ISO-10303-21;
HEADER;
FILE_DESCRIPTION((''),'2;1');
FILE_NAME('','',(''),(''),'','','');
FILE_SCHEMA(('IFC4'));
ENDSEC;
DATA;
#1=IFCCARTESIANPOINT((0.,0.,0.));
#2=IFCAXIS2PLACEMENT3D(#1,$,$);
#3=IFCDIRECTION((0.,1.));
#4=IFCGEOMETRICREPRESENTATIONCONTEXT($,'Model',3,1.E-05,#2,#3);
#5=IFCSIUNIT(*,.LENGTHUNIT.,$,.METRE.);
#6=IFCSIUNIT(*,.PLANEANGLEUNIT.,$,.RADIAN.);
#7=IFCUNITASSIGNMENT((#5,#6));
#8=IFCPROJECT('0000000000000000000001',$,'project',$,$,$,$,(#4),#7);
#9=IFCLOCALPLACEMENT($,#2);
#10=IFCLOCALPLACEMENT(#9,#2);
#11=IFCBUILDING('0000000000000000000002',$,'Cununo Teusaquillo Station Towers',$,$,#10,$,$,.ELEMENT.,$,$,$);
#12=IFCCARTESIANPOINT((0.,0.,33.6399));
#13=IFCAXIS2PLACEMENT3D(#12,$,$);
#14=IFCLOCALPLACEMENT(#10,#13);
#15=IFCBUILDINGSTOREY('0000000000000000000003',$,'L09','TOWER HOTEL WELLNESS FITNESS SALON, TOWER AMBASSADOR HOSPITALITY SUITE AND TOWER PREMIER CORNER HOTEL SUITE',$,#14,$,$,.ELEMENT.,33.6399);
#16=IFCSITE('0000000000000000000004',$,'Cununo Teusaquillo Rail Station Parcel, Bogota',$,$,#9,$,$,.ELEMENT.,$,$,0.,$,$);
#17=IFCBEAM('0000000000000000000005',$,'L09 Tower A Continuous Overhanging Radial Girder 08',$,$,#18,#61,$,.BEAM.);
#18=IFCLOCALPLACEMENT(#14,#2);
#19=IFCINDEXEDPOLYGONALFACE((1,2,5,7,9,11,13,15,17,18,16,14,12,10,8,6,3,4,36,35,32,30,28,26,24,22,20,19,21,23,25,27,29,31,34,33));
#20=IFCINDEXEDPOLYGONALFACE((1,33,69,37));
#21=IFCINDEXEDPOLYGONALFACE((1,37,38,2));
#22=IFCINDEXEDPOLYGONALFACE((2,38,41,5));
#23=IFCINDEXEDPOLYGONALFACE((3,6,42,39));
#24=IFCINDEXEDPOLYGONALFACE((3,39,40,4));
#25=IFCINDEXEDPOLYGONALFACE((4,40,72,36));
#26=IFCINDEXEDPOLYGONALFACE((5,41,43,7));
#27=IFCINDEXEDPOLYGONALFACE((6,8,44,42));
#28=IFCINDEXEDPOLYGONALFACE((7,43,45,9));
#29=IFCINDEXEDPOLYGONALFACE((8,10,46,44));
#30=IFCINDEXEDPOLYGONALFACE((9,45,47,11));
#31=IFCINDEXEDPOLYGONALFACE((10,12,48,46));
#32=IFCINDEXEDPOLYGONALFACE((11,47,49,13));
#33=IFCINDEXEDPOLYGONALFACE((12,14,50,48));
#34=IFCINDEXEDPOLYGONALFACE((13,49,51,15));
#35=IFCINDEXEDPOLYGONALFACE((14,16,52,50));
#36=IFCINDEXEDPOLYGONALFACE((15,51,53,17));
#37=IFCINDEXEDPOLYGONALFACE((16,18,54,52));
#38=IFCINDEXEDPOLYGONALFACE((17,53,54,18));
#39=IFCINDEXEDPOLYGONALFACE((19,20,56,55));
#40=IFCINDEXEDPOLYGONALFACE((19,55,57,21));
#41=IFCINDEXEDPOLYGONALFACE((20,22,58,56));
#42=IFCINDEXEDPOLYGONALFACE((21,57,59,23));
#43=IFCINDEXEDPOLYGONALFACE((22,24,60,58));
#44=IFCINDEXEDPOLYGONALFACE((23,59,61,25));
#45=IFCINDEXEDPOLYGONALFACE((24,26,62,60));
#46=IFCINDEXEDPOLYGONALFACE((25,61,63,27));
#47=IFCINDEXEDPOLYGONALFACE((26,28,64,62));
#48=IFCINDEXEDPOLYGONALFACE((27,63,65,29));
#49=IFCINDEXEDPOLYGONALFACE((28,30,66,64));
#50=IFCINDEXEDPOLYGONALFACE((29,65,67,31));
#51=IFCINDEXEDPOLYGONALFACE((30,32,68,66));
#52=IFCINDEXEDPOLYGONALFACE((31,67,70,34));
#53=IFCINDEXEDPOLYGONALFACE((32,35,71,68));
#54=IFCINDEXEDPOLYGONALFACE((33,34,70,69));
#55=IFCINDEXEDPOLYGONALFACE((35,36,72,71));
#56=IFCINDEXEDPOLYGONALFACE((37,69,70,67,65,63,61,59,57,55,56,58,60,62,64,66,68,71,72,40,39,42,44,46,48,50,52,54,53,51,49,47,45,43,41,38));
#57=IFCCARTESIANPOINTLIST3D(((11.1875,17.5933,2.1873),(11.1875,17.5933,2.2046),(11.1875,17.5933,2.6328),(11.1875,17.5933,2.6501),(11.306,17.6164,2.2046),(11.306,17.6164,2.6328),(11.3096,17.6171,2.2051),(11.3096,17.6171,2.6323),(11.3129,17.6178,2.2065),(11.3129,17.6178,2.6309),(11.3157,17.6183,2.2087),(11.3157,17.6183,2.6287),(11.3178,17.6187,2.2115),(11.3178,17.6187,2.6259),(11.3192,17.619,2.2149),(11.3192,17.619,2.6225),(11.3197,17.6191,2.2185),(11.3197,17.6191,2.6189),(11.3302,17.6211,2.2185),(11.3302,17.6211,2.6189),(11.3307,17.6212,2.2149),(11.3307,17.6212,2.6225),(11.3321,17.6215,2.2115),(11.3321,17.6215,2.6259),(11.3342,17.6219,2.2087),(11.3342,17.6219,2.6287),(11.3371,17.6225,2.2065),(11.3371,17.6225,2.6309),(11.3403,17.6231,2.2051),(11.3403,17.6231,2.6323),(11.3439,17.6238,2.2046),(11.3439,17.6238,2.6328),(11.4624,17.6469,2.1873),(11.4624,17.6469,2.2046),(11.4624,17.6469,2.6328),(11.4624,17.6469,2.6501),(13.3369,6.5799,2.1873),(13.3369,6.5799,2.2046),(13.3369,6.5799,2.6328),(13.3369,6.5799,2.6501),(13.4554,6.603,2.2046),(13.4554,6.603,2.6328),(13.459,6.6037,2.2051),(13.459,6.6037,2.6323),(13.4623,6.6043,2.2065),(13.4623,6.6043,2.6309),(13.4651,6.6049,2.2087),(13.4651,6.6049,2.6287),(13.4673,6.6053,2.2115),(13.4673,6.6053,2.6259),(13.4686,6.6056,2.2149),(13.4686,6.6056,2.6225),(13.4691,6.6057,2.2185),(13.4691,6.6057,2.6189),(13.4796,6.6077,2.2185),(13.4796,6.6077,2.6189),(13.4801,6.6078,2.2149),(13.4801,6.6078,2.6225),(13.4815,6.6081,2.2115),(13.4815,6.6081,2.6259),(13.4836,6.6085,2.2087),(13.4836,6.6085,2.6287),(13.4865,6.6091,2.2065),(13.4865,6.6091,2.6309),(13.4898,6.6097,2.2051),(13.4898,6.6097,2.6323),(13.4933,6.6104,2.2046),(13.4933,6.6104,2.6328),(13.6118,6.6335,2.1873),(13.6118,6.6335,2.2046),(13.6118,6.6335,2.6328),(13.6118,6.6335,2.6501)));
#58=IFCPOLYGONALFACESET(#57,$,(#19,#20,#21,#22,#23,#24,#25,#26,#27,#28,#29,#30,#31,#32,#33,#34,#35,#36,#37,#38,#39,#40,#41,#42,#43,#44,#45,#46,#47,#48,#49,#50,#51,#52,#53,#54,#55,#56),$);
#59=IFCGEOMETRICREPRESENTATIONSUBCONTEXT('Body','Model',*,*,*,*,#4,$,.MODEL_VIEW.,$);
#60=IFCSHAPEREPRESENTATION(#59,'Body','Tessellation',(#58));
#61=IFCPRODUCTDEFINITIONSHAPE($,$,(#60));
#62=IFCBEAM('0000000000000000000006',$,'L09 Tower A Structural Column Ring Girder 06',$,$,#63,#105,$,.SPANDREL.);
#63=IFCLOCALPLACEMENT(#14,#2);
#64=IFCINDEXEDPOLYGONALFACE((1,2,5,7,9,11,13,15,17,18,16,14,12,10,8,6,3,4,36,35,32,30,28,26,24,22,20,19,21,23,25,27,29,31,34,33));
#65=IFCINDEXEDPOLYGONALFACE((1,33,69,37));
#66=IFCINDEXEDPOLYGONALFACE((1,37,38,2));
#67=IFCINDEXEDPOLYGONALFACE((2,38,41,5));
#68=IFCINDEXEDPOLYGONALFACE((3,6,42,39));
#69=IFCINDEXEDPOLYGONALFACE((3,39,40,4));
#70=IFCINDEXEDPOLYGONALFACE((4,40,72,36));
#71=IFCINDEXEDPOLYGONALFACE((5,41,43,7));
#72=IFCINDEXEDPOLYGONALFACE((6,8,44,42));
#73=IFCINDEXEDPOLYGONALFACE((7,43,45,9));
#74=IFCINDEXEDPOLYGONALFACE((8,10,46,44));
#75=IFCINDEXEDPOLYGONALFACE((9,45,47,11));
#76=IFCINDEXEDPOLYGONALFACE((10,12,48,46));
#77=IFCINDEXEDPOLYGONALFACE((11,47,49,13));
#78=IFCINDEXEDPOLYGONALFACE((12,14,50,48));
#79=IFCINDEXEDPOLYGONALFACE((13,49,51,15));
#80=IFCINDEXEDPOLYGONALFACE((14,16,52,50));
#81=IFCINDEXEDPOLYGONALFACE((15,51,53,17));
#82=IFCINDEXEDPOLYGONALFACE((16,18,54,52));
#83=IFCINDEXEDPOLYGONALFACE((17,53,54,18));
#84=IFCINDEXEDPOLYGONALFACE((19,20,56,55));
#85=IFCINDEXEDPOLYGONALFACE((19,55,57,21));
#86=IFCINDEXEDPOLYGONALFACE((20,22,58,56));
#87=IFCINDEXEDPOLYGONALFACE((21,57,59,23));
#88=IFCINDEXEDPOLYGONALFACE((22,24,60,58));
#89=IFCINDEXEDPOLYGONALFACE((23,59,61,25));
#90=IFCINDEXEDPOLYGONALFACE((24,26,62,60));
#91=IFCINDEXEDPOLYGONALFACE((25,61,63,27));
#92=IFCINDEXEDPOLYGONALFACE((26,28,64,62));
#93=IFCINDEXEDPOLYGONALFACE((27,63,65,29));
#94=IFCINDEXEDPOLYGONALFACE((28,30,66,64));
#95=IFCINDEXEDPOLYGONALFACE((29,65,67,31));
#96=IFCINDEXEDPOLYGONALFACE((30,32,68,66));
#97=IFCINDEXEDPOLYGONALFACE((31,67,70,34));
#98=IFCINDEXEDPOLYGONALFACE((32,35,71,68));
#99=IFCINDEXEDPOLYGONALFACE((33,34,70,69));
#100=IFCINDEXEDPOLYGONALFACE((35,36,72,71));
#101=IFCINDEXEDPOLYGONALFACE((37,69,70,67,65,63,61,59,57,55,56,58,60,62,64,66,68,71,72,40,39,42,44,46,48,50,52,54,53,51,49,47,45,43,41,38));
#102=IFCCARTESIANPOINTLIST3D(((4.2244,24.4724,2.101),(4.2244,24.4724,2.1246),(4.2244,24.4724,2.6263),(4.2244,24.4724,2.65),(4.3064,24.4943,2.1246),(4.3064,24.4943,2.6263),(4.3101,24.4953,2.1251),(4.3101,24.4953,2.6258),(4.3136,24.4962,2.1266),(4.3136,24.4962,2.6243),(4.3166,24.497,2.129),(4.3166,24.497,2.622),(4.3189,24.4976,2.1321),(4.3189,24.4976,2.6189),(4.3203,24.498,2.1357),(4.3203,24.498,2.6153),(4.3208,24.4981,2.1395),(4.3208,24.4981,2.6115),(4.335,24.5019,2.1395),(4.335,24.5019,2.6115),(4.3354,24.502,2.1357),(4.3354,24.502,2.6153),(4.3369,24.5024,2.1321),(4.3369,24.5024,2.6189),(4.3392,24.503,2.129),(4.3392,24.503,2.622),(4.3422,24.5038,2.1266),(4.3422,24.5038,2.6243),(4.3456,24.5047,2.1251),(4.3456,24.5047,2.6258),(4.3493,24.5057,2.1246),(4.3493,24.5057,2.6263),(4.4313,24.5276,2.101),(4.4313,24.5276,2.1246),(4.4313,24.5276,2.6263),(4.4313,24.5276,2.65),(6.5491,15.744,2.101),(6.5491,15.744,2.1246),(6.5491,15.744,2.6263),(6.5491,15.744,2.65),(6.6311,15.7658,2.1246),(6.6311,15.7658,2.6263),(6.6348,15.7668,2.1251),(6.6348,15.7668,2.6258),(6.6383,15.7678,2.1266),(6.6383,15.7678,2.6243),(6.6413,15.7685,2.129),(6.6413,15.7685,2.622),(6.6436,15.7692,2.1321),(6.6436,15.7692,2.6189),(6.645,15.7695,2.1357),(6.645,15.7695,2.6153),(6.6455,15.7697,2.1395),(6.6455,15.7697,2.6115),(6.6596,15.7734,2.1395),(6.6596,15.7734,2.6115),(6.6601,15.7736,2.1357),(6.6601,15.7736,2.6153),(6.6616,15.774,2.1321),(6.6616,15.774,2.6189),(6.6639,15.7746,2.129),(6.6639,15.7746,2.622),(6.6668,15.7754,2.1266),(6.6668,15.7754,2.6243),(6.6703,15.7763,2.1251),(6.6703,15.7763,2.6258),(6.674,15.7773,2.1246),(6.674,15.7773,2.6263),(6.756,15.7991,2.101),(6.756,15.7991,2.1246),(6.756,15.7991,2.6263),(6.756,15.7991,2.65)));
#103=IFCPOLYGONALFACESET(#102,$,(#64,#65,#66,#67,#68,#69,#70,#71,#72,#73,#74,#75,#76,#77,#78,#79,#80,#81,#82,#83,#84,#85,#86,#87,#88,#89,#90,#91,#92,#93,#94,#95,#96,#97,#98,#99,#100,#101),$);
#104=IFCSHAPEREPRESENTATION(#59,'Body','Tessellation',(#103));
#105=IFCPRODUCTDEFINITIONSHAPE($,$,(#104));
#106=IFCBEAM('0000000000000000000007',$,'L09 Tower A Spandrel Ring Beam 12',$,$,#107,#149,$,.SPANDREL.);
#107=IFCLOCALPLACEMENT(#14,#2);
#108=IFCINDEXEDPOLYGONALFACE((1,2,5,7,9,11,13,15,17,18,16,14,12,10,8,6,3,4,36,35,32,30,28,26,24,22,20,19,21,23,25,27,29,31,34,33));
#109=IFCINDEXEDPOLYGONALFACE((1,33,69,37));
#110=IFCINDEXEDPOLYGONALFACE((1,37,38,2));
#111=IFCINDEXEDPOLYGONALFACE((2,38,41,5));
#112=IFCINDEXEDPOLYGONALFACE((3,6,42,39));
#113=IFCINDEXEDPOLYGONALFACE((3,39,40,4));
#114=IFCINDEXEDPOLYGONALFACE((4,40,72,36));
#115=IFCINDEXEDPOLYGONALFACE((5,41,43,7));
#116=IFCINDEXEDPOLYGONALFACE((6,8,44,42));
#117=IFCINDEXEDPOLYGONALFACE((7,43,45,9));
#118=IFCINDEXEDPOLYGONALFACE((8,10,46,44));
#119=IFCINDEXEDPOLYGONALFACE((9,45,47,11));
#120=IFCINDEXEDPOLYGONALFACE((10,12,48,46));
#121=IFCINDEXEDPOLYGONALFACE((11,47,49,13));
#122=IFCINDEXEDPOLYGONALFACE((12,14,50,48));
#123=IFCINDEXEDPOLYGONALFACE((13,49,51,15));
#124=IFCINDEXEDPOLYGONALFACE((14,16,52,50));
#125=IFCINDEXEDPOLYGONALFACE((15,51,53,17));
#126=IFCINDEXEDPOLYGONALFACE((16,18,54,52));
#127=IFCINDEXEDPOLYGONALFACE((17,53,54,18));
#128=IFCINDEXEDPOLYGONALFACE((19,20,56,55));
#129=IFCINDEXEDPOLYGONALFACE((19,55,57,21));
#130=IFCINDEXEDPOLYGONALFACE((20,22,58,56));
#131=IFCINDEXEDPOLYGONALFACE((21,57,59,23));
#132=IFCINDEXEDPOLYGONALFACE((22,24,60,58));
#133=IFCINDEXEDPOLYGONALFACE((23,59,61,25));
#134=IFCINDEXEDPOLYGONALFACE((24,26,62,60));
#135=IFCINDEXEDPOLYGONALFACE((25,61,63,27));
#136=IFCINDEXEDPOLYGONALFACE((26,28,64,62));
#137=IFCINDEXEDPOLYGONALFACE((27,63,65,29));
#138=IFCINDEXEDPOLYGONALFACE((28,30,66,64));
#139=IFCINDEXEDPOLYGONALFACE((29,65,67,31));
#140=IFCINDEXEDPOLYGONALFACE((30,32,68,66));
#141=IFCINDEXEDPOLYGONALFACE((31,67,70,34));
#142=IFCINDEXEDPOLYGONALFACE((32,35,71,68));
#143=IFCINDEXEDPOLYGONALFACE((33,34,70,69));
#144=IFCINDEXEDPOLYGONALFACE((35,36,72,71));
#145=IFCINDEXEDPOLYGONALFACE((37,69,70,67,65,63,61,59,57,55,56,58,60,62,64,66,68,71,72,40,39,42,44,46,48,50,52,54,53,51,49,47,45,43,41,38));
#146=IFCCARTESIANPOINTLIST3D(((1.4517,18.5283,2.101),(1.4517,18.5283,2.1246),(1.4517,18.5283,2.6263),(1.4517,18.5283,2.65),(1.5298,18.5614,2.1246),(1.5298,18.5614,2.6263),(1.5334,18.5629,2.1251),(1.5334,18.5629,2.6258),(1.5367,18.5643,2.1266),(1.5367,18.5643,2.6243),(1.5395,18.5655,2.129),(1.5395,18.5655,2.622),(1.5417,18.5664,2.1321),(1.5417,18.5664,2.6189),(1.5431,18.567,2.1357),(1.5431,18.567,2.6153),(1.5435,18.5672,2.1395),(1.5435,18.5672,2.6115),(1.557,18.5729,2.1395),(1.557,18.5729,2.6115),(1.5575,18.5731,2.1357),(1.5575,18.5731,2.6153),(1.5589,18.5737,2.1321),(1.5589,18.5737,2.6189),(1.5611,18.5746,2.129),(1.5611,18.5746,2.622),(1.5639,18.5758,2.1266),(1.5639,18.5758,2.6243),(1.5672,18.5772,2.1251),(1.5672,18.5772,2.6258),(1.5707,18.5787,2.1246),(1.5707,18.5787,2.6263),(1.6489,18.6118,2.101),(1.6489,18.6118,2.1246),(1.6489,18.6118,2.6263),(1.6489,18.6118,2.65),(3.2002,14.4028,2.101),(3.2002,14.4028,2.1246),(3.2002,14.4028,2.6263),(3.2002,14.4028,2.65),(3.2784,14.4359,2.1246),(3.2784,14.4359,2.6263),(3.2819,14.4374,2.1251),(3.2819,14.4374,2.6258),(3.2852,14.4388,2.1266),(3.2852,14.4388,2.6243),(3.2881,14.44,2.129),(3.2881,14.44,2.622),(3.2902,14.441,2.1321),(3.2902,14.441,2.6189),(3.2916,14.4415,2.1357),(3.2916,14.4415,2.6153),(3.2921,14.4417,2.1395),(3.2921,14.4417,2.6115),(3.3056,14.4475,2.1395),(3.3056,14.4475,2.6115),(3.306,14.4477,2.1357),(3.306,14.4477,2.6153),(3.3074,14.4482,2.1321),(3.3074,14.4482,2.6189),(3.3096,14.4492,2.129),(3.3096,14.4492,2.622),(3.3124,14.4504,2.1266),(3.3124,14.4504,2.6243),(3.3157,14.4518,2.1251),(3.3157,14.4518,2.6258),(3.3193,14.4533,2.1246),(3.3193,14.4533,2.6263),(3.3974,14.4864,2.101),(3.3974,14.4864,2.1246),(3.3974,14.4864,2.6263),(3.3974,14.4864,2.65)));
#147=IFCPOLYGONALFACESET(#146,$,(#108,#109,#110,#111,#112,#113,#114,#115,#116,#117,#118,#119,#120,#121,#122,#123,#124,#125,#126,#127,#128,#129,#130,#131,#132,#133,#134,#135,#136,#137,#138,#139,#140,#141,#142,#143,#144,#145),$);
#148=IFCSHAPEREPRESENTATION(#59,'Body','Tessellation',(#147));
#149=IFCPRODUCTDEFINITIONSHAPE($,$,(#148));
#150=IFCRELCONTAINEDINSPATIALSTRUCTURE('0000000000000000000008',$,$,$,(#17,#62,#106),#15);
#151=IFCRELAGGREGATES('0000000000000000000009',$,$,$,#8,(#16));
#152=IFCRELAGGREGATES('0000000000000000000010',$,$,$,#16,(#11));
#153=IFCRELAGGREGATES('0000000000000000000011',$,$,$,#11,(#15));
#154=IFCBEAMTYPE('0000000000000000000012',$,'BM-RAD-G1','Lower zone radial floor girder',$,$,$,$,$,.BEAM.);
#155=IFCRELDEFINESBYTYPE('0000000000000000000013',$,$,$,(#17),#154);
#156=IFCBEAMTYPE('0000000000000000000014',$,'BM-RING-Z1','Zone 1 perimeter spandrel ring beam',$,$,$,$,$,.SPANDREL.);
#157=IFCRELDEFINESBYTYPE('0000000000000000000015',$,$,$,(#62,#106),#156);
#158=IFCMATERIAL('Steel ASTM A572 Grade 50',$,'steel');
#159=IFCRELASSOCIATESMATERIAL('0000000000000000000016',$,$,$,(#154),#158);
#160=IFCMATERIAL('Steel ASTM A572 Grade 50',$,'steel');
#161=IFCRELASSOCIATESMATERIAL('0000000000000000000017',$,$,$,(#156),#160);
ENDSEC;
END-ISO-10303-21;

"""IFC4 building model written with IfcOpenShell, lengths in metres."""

from ifc_helpers import new_model, si_unit, direction, frame, origin, origin_2d, place, context, subcontext, project, spatial, i_section, extrude, material, material_profile, profile_set, type_object, element, save


model = new_model("IFC4")

# Units and contexts
model_context = context("Model", 3, precision=1e-05, world=origin(), true_north=direction((0.0, 1.0)))
body_context = subcontext(model_context, "Body", "Model", "MODEL_VIEW")
ifc_project = project(units=[si_unit("LENGTHUNIT", "METRE"), si_unit("PLANEANGLEUNIT", "RADIAN")], contexts=[model_context])

# Site, building, storey
site_placement = place(None, origin())
site = spatial("IfcSite", under=ifc_project, at=site_placement, Name="Cununo Teusaquillo Rail Station Parcel, Bogota", CompositionType="ELEMENT", RefElevation=0.0)
building_placement = place(site_placement, origin())
building = spatial("IfcBuilding", under=site, at=building_placement, Name="Cununo Teusaquillo Station Towers", CompositionType="ELEMENT")
storey_placement = place(building_placement, frame((0.0, 0.0, 33.6399)))
storey = spatial("IfcBuildingStorey", under=building, at=storey_placement, Name="L09", Description="TOWER HOTEL WELLNESS FITNESS SALON, TOWER AMBASSADOR HOSPITALITY SUITE AND TOWER PREMIER CORNER HOTEL SUITE", CompositionType="ELEMENT", Elevation=33.6399)

# Beams
ifc_material_1 = material(Name="Steel ASTM A572 Grade 50", Category="steel")
ifc_material_profile_1 = material_profile(ifc_material_1, i_section(OverallWidth=0.28, OverallDepth=0.4629, WebThickness=0.0107, FlangeThickness=0.0173, FilletRadius=0.0139, at=origin_2d()), Name="W18X76")
ifc_profile_set_1 = profile_set([ifc_material_profile_1], Name="Steel ASTM A572 Grade 50")
beam_type_1 = type_object("IfcBeamType", Name="BM-RAD-G1", Description="Lower zone radial floor girder", PredefinedType="BEAM", material=ifc_profile_set_1)
beam_1_placement = place(storey_placement, frame((11.325, 17.6201, 2.4187), z_axis=(0.191549, -0.981483, 0.0), x_axis=(0.981483, 0.191549, 0.0)))
element("IfcBeam", 1, at=beam_1_placement, inside=storey, type_object=beam_type_1, Name="L09 Tower A Continuous Overhanging Radial Girder 08", PredefinedType="BEAM", context=body_context, shape_type="SweptSolid", body=[
    extrude(i_section(OverallWidth=0.28, OverallDepth=0.4629, WebThickness=0.0107, FlangeThickness=0.0173, FilletRadius=0.0139, at=origin_2d()), origin(), (0.0, 0.0, 1.0), 11.2212),
])
ifc_material_2 = material(Name="Steel ASTM A572 Grade 50", Category="steel")
ifc_material_profile_2 = material_profile(ifc_material_2, i_section(OverallWidth=0.2141, OverallDepth=0.5491, WebThickness=0.0146, FlangeThickness=0.0237, FilletRadius=0.0149, at=origin_2d()), Name="W21X93")
ifc_profile_set_2 = profile_set([ifc_material_profile_2], Name="Steel ASTM A572 Grade 50")
beam_type_2 = type_object("IfcBeamType", Name="BM-RING-Z1", Description="Zone 1 perimeter spandrel ring beam", PredefinedType="SPANDREL", material=ifc_profile_set_2)
beam_2_placement = place(storey_placement, frame((4.3279, 24.5, 2.3755), z_axis=(0.257363, -0.966315, 0.0), x_axis=(0.966315, 0.257363, 0.0)))
element("IfcBeam", 2, at=beam_2_placement, inside=storey, type_object=beam_type_2, Name="L09 Tower A Structural Column Ring Girder 06", PredefinedType="SPANDREL", context=body_context, shape_type="SweptSolid", body=[
    extrude(i_section(OverallWidth=0.2141, OverallDepth=0.5491, WebThickness=0.0146, FlangeThickness=0.0237, FilletRadius=0.0149, at=origin_2d()), origin(), (0.0, 0.0, 1.0), 9.0327),
])
beam_3_placement = place(storey_placement, frame((1.5503, 18.5701, 2.3755), z_axis=(0.390234, -0.920716, 0.0), x_axis=(0.920716, 0.390234, 0.0)))
element("IfcBeam", 3, at=beam_3_placement, inside=storey, type_object=beam_type_2, Name="L09 Tower A Spandrel Ring Beam 12", PredefinedType="SPANDREL", context=body_context, shape_type="SweptSolid", body=[
    extrude(i_section(OverallWidth=0.2141, OverallDepth=0.5491, WebThickness=0.0146, FlangeThickness=0.0237, FilletRadius=0.0149, at=origin_2d()), origin(), (0.0, 0.0, 1.0), 4.4807),
])

save(model, "model.ifc")
